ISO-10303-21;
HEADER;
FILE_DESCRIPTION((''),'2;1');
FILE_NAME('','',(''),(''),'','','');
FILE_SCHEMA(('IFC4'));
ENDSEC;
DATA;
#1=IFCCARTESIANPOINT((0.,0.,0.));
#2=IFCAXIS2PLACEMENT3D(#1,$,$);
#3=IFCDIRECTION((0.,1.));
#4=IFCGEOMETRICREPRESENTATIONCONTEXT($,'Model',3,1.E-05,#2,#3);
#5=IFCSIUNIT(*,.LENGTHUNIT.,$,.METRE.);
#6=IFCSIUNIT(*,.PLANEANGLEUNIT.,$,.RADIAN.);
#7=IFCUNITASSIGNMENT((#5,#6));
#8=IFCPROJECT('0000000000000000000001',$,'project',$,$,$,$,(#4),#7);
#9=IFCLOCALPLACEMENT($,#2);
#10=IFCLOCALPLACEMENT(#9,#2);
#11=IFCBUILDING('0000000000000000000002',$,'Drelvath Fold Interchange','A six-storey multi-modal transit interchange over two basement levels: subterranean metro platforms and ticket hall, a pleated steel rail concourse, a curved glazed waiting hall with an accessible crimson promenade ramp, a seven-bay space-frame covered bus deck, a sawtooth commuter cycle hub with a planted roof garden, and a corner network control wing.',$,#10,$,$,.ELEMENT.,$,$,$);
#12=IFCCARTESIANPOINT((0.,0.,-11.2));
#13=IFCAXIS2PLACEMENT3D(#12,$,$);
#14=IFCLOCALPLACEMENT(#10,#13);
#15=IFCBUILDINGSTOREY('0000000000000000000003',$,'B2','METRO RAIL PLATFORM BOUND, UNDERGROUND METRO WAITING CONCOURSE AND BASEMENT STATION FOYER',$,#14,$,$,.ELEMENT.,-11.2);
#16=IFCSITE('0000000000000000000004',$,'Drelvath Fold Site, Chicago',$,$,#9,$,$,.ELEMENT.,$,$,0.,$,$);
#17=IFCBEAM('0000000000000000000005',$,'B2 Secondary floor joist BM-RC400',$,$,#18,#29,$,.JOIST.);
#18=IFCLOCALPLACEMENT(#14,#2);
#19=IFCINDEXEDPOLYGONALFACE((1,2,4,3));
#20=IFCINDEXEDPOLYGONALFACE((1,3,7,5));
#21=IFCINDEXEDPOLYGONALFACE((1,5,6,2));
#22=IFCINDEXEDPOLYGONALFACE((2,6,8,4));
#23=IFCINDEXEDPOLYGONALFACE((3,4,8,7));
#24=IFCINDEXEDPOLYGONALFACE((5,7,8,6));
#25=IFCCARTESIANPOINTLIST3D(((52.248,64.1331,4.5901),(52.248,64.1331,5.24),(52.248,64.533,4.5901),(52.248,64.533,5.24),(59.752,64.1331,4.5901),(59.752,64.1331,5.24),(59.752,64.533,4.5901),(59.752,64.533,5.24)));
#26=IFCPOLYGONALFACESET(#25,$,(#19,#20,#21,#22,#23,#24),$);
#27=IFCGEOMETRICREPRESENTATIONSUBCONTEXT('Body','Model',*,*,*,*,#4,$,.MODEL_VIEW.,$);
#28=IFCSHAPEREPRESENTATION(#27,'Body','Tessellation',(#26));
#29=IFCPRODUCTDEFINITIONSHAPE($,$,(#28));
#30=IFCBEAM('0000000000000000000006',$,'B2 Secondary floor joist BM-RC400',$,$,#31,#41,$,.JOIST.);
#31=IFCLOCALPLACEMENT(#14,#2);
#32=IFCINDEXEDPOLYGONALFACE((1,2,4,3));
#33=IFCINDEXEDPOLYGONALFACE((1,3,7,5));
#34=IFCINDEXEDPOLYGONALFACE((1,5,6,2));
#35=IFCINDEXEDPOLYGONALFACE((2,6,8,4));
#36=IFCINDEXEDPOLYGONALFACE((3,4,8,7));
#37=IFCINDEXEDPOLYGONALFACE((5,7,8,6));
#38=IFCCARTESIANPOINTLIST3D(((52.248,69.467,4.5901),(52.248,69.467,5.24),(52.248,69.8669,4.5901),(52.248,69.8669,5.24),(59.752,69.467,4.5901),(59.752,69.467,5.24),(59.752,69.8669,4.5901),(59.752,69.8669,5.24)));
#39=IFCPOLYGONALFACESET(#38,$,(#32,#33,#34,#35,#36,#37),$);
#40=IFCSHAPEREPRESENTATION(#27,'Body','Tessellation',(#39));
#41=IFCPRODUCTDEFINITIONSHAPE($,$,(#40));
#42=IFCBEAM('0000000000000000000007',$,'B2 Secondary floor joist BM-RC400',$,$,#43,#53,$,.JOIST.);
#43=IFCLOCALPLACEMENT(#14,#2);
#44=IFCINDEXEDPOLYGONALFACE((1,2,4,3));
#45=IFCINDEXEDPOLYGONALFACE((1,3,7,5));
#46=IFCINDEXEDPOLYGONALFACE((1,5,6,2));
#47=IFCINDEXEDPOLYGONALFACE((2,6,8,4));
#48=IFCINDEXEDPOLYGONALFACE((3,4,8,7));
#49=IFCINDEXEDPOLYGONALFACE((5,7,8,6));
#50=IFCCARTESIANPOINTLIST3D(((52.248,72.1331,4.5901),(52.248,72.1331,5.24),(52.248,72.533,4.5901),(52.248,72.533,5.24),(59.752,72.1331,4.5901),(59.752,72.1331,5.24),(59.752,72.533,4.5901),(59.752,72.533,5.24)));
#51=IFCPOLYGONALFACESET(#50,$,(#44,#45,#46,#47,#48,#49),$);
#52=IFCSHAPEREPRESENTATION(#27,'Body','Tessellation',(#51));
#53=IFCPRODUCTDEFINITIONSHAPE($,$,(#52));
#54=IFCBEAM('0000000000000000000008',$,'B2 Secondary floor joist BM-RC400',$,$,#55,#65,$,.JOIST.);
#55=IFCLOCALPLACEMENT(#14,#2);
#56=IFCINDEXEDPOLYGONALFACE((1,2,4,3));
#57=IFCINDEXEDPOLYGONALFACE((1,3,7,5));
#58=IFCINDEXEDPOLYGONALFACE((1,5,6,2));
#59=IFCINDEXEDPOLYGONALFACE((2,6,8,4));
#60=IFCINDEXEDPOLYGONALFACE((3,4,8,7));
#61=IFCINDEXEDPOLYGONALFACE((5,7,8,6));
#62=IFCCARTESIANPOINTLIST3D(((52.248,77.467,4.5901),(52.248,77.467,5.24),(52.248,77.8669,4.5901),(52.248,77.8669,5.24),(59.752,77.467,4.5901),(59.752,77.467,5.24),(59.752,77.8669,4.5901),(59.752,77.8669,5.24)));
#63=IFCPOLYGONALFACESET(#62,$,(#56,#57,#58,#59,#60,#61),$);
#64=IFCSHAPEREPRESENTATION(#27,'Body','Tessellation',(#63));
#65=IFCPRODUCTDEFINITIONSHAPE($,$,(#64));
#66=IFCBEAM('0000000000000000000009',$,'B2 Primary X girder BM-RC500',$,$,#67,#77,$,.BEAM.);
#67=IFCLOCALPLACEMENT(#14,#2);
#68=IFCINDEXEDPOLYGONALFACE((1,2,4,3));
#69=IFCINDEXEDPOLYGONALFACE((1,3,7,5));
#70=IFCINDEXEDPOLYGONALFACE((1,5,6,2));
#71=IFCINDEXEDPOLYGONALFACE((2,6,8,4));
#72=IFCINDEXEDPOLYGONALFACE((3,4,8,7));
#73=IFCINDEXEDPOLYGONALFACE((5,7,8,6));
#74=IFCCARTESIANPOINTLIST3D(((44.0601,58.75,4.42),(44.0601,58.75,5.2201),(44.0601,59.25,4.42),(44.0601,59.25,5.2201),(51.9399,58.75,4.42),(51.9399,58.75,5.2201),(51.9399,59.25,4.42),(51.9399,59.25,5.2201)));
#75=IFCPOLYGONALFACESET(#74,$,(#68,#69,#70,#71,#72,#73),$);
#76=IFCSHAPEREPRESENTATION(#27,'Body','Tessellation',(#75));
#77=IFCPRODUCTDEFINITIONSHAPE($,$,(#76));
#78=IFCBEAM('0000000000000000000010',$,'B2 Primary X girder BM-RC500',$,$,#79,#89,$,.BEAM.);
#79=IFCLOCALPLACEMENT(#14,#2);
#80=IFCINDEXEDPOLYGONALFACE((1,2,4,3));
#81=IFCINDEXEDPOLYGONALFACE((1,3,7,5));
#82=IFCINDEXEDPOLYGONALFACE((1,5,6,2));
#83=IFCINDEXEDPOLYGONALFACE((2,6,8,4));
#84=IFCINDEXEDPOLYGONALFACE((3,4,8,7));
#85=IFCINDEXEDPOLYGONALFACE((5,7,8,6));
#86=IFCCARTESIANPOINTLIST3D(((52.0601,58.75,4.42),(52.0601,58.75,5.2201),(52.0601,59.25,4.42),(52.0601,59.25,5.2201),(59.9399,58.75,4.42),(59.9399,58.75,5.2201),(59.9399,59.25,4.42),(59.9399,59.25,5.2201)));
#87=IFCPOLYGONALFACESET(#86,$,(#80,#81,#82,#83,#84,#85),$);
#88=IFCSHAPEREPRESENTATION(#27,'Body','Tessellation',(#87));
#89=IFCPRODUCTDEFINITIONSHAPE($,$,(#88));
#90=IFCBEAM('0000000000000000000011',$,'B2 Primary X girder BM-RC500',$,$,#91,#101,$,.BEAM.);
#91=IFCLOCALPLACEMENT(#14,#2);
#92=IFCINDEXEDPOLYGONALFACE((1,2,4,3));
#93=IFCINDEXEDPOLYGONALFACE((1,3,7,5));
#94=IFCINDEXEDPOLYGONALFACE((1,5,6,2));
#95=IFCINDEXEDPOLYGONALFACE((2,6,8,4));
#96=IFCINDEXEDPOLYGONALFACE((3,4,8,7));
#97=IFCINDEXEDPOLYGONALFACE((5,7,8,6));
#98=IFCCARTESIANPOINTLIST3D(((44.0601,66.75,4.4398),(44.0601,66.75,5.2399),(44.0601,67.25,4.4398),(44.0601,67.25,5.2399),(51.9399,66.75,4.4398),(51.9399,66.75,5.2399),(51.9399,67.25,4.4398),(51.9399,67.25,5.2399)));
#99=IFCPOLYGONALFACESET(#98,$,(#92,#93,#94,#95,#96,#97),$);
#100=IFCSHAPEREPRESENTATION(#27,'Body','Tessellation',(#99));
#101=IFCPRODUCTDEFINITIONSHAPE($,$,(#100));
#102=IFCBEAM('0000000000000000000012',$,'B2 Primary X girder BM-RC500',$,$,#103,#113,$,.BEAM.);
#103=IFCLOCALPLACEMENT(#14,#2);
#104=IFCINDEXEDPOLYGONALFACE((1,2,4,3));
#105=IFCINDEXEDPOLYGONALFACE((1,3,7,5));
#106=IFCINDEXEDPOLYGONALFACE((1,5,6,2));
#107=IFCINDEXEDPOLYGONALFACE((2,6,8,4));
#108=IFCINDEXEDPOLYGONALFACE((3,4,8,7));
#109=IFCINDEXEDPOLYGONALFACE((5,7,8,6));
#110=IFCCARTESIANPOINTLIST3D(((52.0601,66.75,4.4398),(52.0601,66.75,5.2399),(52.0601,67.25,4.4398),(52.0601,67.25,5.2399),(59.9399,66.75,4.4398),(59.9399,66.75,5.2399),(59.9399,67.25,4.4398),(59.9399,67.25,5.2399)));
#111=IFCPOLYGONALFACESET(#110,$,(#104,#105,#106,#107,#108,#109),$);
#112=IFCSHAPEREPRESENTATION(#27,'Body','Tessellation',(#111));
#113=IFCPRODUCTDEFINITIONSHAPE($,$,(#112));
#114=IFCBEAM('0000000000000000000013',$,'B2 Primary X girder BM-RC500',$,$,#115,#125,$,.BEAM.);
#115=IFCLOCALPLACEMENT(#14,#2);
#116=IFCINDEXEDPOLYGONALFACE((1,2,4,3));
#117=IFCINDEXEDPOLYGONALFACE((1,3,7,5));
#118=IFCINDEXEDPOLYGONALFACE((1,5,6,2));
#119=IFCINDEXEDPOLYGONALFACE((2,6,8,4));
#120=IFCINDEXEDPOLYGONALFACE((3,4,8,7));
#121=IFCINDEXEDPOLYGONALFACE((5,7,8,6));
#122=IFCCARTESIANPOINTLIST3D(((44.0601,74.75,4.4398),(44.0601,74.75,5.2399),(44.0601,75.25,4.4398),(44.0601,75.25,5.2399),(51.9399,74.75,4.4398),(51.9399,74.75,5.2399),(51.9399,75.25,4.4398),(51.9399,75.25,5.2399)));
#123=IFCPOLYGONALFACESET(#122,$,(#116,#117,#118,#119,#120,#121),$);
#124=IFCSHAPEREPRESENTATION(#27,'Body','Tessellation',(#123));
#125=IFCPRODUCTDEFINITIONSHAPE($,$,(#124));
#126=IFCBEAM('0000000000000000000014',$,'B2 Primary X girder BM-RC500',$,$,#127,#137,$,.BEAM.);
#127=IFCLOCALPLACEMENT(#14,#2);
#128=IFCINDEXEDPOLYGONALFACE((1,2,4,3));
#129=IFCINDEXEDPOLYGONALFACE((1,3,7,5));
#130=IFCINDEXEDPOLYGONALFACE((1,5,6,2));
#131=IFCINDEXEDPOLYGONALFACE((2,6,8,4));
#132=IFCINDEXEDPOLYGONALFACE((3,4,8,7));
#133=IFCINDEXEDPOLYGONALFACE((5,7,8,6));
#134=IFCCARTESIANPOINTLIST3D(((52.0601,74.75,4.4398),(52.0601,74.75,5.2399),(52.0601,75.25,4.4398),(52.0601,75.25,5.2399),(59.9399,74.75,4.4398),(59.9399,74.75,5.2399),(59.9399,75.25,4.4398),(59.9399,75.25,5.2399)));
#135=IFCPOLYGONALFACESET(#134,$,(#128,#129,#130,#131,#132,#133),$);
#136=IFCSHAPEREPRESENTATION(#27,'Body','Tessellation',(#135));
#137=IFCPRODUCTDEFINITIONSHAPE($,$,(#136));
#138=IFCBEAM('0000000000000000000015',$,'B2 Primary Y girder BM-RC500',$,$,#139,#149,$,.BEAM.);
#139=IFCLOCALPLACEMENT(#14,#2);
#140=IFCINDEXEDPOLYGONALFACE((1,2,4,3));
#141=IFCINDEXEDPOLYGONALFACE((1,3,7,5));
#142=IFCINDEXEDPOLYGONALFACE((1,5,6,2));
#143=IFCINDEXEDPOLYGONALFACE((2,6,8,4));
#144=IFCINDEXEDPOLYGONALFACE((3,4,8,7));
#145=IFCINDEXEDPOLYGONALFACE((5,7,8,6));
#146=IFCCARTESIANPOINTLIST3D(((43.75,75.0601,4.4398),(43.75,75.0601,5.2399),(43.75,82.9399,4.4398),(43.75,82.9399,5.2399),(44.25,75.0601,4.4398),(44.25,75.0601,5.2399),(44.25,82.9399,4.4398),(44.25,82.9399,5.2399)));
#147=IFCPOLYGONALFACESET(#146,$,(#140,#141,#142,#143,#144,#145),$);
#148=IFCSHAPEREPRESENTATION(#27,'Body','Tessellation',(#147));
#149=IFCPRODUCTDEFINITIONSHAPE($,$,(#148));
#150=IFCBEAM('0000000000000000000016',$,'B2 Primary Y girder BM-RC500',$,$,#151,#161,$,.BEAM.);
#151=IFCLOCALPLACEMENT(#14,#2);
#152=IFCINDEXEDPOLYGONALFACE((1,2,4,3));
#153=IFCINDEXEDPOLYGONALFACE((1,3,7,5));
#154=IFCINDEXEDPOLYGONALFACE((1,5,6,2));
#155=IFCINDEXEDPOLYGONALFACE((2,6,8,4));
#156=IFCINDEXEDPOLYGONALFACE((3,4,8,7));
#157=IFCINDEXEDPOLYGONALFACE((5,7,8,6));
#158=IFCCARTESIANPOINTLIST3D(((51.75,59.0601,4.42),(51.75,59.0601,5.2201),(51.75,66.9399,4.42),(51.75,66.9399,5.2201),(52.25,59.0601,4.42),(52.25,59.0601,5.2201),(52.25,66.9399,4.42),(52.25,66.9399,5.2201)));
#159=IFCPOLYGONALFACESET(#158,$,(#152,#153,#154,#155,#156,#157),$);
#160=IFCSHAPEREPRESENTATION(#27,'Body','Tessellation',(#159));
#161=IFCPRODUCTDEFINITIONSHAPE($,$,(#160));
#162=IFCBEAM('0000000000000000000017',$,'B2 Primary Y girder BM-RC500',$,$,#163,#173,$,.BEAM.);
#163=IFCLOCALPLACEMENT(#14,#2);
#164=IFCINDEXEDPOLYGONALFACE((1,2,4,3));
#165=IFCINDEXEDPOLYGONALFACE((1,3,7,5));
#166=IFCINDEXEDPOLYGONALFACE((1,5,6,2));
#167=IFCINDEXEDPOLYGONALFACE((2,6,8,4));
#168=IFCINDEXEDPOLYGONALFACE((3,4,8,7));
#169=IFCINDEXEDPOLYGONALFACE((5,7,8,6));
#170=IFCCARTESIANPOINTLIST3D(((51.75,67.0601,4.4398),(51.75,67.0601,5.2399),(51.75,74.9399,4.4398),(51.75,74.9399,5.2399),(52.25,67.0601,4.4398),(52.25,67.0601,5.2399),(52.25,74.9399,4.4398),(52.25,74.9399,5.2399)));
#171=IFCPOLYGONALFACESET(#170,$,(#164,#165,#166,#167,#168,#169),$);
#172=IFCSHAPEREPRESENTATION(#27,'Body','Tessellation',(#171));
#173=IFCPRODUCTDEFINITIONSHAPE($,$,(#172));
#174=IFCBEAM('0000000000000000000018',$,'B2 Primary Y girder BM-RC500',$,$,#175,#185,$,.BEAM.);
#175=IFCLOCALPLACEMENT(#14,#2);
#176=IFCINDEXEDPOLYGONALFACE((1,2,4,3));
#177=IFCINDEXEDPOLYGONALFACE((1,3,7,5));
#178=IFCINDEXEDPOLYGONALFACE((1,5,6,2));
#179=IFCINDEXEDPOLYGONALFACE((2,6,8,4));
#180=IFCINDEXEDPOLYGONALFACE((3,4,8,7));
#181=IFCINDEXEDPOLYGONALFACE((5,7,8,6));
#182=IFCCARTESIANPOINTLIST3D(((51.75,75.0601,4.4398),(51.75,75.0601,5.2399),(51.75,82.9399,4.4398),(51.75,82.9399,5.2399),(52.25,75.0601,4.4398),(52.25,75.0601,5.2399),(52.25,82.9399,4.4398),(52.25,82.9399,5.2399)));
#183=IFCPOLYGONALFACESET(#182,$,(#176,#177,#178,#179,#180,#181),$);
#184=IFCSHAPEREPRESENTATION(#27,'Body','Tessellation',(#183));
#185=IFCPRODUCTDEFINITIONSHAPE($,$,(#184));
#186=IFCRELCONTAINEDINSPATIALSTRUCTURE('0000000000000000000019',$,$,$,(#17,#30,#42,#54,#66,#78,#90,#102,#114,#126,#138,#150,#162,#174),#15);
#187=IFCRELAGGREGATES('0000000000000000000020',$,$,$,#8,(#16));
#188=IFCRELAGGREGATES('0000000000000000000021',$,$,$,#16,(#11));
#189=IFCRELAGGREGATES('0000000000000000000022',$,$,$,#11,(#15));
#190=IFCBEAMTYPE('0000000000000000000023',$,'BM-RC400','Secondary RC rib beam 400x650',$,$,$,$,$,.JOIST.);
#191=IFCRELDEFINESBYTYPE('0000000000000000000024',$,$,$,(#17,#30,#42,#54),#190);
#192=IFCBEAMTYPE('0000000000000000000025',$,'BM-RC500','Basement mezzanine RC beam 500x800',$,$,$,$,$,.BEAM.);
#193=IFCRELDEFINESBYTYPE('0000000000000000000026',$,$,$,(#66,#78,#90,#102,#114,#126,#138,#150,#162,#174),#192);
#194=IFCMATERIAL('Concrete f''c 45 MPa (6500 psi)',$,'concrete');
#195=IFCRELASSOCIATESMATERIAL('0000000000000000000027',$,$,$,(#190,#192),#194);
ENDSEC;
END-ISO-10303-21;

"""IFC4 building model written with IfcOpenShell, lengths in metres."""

from ifc_helpers import new_model, si_unit, direction, frame, origin, origin_2d, place, context, subcontext, project, spatial, rectangle, extrude, material, material_profile, profile_set, type_object, element, save


model = new_model("IFC4")

# Units and contexts
model_context = context("Model", 3, precision=1e-05, world=origin(), true_north=direction((0.0, 1.0)))
body_context = subcontext(model_context, "Body", "Model", "MODEL_VIEW")
ifc_project = project(units=[si_unit("LENGTHUNIT", "METRE"), si_unit("PLANEANGLEUNIT", "RADIAN")], contexts=[model_context])

# Site, building, storey
site_placement = place(None, origin())
site = spatial("IfcSite", under=ifc_project, at=site_placement, Name="Drelvath Fold Site, Chicago", CompositionType="ELEMENT", RefElevation=0.0)
building_placement = place(site_placement, origin())
building = spatial("IfcBuilding", under=site, at=building_placement, Name="Drelvath Fold Interchange", Description="A six-storey multi-modal transit interchange over two basement levels: subterranean metro platforms and ticket hall, a pleated steel rail concourse, a curved glazed waiting hall with an accessible crimson promenade ramp, a seven-bay space-frame covered bus deck, a sawtooth commuter cycle hub with a planted roof garden, and a corner network control wing.", CompositionType="ELEMENT")
storey_placement = place(building_placement, frame((0.0, 0.0, -11.2)))
storey = spatial("IfcBuildingStorey", under=building, at=storey_placement, Name="B2", Description="METRO RAIL PLATFORM BOUND, UNDERGROUND METRO WAITING CONCOURSE AND BASEMENT STATION FOYER", CompositionType="ELEMENT", Elevation=-11.2)

# Beams
ifc_material_1 = material(Name="Concrete f'c 45 MPa (6500 psi)", Category="concrete")
ifc_material_profile_1 = material_profile(ifc_material_1, rectangle(XDim=0.3999, YDim=0.6499, at=origin_2d()), Name="RC 400x650")
ifc_profile_set_1 = profile_set([ifc_material_profile_1], Name="Concrete f'c 45 MPa (6500 psi)")
beam_type_1 = type_object("IfcBeamType", Name="BM-RC400", Description="Secondary RC rib beam 400x650", PredefinedType="JOIST", material=ifc_profile_set_1)
for number, where, z_axis, x_axis, name in (
    (1, (52.248, 64.333, 4.915), (1.0, 0.0, 0.0), (0.0, 1.0, 0.0), "B2 Secondary floor joist BM-RC400"),
    (2, (52.248, 69.667, 4.915), (1.0, 0.0, 0.0), (0.0, 1.0, 0.0), "B2 Secondary floor joist BM-RC400"),
    (3, (52.248, 72.333, 4.915), (1.0, 0.0, 0.0), (0.0, 1.0, 0.0), "B2 Secondary floor joist BM-RC400"),
    (4, (52.248, 77.667, 4.915), (1.0, 0.0, 0.0), (0.0, 1.0, 0.0), "B2 Secondary floor joist BM-RC400"),
):
    element("IfcBeam", number, at=place(storey_placement, frame(where, z_axis=z_axis, x_axis=x_axis)), inside=storey, type_object=beam_type_1, Name=name, PredefinedType="JOIST", context=body_context, shape_type="SweptSolid", body=[
        extrude(rectangle(XDim=0.3999, YDim=0.6499, at=origin_2d()), origin(), (0.0, 0.0, 1.0), 7.5039),
    ])
ifc_material_profile_2 = material_profile(ifc_material_1, rectangle(XDim=0.5, YDim=0.8, at=origin_2d()), Name="RC 500x800")
ifc_profile_set_2 = profile_set([ifc_material_profile_2], Name="Concrete f'c 45 MPa (6500 psi)")
beam_type_2 = type_object("IfcBeamType", Name="BM-RC500", Description="Basement mezzanine RC beam 500x800", PredefinedType="BEAM", material=ifc_profile_set_2)
for number, where, z_axis, x_axis, name in (
    (5, (44.0601, 59.0, 4.8201), (1.0, 0.0, 0.0), (0.0, 1.0, 0.0), "B2 Primary X girder BM-RC500"),
    (6, (52.0601, 59.0, 4.8201), (1.0, 0.0, 0.0), (0.0, 1.0, 0.0), "B2 Primary X girder BM-RC500"),
    (7, (44.0601, 67.0, 4.8398), (1.0, 0.0, 0.0), (0.0, 1.0, 0.0), "B2 Primary X girder BM-RC500"),
    (8, (52.0601, 67.0, 4.8398), (1.0, 0.0, 0.0), (0.0, 1.0, 0.0), "B2 Primary X girder BM-RC500"),
    (9, (44.0601, 75.0, 4.8398), (1.0, 0.0, 0.0), (0.0, 1.0, 0.0), "B2 Primary X girder BM-RC500"),
    (10, (52.0601, 75.0, 4.8398), (1.0, 0.0, 0.0), (0.0, 1.0, 0.0), "B2 Primary X girder BM-RC500"),
    (11, (44.0, 75.0601, 4.8398), (0.0, 1.0, 0.0), (-1.0, 0.0, 0.0), "B2 Primary Y girder BM-RC500"),
    (12, (52.0, 59.0601, 4.8201), (0.0, 1.0, 0.0), (-1.0, 0.0, 0.0), "B2 Primary Y girder BM-RC500"),
    (13, (52.0, 67.0601, 4.8398), (0.0, 1.0, 0.0), (-1.0, 0.0, 0.0), "B2 Primary Y girder BM-RC500"),
    (14, (52.0, 75.0601, 4.8398), (0.0, 1.0, 0.0), (-1.0, 0.0, 0.0), "B2 Primary Y girder BM-RC500"),
):
    element("IfcBeam", number, at=place(storey_placement, frame(where, z_axis=z_axis, x_axis=x_axis)), inside=storey, type_object=beam_type_2, Name=name, PredefinedType="BEAM", context=body_context, shape_type="SweptSolid", body=[
        extrude(rectangle(XDim=0.5, YDim=0.8, at=origin_2d()), origin(), (0.0, 0.0, 1.0), 7.8799),
    ])

save(model, "model.ifc")
